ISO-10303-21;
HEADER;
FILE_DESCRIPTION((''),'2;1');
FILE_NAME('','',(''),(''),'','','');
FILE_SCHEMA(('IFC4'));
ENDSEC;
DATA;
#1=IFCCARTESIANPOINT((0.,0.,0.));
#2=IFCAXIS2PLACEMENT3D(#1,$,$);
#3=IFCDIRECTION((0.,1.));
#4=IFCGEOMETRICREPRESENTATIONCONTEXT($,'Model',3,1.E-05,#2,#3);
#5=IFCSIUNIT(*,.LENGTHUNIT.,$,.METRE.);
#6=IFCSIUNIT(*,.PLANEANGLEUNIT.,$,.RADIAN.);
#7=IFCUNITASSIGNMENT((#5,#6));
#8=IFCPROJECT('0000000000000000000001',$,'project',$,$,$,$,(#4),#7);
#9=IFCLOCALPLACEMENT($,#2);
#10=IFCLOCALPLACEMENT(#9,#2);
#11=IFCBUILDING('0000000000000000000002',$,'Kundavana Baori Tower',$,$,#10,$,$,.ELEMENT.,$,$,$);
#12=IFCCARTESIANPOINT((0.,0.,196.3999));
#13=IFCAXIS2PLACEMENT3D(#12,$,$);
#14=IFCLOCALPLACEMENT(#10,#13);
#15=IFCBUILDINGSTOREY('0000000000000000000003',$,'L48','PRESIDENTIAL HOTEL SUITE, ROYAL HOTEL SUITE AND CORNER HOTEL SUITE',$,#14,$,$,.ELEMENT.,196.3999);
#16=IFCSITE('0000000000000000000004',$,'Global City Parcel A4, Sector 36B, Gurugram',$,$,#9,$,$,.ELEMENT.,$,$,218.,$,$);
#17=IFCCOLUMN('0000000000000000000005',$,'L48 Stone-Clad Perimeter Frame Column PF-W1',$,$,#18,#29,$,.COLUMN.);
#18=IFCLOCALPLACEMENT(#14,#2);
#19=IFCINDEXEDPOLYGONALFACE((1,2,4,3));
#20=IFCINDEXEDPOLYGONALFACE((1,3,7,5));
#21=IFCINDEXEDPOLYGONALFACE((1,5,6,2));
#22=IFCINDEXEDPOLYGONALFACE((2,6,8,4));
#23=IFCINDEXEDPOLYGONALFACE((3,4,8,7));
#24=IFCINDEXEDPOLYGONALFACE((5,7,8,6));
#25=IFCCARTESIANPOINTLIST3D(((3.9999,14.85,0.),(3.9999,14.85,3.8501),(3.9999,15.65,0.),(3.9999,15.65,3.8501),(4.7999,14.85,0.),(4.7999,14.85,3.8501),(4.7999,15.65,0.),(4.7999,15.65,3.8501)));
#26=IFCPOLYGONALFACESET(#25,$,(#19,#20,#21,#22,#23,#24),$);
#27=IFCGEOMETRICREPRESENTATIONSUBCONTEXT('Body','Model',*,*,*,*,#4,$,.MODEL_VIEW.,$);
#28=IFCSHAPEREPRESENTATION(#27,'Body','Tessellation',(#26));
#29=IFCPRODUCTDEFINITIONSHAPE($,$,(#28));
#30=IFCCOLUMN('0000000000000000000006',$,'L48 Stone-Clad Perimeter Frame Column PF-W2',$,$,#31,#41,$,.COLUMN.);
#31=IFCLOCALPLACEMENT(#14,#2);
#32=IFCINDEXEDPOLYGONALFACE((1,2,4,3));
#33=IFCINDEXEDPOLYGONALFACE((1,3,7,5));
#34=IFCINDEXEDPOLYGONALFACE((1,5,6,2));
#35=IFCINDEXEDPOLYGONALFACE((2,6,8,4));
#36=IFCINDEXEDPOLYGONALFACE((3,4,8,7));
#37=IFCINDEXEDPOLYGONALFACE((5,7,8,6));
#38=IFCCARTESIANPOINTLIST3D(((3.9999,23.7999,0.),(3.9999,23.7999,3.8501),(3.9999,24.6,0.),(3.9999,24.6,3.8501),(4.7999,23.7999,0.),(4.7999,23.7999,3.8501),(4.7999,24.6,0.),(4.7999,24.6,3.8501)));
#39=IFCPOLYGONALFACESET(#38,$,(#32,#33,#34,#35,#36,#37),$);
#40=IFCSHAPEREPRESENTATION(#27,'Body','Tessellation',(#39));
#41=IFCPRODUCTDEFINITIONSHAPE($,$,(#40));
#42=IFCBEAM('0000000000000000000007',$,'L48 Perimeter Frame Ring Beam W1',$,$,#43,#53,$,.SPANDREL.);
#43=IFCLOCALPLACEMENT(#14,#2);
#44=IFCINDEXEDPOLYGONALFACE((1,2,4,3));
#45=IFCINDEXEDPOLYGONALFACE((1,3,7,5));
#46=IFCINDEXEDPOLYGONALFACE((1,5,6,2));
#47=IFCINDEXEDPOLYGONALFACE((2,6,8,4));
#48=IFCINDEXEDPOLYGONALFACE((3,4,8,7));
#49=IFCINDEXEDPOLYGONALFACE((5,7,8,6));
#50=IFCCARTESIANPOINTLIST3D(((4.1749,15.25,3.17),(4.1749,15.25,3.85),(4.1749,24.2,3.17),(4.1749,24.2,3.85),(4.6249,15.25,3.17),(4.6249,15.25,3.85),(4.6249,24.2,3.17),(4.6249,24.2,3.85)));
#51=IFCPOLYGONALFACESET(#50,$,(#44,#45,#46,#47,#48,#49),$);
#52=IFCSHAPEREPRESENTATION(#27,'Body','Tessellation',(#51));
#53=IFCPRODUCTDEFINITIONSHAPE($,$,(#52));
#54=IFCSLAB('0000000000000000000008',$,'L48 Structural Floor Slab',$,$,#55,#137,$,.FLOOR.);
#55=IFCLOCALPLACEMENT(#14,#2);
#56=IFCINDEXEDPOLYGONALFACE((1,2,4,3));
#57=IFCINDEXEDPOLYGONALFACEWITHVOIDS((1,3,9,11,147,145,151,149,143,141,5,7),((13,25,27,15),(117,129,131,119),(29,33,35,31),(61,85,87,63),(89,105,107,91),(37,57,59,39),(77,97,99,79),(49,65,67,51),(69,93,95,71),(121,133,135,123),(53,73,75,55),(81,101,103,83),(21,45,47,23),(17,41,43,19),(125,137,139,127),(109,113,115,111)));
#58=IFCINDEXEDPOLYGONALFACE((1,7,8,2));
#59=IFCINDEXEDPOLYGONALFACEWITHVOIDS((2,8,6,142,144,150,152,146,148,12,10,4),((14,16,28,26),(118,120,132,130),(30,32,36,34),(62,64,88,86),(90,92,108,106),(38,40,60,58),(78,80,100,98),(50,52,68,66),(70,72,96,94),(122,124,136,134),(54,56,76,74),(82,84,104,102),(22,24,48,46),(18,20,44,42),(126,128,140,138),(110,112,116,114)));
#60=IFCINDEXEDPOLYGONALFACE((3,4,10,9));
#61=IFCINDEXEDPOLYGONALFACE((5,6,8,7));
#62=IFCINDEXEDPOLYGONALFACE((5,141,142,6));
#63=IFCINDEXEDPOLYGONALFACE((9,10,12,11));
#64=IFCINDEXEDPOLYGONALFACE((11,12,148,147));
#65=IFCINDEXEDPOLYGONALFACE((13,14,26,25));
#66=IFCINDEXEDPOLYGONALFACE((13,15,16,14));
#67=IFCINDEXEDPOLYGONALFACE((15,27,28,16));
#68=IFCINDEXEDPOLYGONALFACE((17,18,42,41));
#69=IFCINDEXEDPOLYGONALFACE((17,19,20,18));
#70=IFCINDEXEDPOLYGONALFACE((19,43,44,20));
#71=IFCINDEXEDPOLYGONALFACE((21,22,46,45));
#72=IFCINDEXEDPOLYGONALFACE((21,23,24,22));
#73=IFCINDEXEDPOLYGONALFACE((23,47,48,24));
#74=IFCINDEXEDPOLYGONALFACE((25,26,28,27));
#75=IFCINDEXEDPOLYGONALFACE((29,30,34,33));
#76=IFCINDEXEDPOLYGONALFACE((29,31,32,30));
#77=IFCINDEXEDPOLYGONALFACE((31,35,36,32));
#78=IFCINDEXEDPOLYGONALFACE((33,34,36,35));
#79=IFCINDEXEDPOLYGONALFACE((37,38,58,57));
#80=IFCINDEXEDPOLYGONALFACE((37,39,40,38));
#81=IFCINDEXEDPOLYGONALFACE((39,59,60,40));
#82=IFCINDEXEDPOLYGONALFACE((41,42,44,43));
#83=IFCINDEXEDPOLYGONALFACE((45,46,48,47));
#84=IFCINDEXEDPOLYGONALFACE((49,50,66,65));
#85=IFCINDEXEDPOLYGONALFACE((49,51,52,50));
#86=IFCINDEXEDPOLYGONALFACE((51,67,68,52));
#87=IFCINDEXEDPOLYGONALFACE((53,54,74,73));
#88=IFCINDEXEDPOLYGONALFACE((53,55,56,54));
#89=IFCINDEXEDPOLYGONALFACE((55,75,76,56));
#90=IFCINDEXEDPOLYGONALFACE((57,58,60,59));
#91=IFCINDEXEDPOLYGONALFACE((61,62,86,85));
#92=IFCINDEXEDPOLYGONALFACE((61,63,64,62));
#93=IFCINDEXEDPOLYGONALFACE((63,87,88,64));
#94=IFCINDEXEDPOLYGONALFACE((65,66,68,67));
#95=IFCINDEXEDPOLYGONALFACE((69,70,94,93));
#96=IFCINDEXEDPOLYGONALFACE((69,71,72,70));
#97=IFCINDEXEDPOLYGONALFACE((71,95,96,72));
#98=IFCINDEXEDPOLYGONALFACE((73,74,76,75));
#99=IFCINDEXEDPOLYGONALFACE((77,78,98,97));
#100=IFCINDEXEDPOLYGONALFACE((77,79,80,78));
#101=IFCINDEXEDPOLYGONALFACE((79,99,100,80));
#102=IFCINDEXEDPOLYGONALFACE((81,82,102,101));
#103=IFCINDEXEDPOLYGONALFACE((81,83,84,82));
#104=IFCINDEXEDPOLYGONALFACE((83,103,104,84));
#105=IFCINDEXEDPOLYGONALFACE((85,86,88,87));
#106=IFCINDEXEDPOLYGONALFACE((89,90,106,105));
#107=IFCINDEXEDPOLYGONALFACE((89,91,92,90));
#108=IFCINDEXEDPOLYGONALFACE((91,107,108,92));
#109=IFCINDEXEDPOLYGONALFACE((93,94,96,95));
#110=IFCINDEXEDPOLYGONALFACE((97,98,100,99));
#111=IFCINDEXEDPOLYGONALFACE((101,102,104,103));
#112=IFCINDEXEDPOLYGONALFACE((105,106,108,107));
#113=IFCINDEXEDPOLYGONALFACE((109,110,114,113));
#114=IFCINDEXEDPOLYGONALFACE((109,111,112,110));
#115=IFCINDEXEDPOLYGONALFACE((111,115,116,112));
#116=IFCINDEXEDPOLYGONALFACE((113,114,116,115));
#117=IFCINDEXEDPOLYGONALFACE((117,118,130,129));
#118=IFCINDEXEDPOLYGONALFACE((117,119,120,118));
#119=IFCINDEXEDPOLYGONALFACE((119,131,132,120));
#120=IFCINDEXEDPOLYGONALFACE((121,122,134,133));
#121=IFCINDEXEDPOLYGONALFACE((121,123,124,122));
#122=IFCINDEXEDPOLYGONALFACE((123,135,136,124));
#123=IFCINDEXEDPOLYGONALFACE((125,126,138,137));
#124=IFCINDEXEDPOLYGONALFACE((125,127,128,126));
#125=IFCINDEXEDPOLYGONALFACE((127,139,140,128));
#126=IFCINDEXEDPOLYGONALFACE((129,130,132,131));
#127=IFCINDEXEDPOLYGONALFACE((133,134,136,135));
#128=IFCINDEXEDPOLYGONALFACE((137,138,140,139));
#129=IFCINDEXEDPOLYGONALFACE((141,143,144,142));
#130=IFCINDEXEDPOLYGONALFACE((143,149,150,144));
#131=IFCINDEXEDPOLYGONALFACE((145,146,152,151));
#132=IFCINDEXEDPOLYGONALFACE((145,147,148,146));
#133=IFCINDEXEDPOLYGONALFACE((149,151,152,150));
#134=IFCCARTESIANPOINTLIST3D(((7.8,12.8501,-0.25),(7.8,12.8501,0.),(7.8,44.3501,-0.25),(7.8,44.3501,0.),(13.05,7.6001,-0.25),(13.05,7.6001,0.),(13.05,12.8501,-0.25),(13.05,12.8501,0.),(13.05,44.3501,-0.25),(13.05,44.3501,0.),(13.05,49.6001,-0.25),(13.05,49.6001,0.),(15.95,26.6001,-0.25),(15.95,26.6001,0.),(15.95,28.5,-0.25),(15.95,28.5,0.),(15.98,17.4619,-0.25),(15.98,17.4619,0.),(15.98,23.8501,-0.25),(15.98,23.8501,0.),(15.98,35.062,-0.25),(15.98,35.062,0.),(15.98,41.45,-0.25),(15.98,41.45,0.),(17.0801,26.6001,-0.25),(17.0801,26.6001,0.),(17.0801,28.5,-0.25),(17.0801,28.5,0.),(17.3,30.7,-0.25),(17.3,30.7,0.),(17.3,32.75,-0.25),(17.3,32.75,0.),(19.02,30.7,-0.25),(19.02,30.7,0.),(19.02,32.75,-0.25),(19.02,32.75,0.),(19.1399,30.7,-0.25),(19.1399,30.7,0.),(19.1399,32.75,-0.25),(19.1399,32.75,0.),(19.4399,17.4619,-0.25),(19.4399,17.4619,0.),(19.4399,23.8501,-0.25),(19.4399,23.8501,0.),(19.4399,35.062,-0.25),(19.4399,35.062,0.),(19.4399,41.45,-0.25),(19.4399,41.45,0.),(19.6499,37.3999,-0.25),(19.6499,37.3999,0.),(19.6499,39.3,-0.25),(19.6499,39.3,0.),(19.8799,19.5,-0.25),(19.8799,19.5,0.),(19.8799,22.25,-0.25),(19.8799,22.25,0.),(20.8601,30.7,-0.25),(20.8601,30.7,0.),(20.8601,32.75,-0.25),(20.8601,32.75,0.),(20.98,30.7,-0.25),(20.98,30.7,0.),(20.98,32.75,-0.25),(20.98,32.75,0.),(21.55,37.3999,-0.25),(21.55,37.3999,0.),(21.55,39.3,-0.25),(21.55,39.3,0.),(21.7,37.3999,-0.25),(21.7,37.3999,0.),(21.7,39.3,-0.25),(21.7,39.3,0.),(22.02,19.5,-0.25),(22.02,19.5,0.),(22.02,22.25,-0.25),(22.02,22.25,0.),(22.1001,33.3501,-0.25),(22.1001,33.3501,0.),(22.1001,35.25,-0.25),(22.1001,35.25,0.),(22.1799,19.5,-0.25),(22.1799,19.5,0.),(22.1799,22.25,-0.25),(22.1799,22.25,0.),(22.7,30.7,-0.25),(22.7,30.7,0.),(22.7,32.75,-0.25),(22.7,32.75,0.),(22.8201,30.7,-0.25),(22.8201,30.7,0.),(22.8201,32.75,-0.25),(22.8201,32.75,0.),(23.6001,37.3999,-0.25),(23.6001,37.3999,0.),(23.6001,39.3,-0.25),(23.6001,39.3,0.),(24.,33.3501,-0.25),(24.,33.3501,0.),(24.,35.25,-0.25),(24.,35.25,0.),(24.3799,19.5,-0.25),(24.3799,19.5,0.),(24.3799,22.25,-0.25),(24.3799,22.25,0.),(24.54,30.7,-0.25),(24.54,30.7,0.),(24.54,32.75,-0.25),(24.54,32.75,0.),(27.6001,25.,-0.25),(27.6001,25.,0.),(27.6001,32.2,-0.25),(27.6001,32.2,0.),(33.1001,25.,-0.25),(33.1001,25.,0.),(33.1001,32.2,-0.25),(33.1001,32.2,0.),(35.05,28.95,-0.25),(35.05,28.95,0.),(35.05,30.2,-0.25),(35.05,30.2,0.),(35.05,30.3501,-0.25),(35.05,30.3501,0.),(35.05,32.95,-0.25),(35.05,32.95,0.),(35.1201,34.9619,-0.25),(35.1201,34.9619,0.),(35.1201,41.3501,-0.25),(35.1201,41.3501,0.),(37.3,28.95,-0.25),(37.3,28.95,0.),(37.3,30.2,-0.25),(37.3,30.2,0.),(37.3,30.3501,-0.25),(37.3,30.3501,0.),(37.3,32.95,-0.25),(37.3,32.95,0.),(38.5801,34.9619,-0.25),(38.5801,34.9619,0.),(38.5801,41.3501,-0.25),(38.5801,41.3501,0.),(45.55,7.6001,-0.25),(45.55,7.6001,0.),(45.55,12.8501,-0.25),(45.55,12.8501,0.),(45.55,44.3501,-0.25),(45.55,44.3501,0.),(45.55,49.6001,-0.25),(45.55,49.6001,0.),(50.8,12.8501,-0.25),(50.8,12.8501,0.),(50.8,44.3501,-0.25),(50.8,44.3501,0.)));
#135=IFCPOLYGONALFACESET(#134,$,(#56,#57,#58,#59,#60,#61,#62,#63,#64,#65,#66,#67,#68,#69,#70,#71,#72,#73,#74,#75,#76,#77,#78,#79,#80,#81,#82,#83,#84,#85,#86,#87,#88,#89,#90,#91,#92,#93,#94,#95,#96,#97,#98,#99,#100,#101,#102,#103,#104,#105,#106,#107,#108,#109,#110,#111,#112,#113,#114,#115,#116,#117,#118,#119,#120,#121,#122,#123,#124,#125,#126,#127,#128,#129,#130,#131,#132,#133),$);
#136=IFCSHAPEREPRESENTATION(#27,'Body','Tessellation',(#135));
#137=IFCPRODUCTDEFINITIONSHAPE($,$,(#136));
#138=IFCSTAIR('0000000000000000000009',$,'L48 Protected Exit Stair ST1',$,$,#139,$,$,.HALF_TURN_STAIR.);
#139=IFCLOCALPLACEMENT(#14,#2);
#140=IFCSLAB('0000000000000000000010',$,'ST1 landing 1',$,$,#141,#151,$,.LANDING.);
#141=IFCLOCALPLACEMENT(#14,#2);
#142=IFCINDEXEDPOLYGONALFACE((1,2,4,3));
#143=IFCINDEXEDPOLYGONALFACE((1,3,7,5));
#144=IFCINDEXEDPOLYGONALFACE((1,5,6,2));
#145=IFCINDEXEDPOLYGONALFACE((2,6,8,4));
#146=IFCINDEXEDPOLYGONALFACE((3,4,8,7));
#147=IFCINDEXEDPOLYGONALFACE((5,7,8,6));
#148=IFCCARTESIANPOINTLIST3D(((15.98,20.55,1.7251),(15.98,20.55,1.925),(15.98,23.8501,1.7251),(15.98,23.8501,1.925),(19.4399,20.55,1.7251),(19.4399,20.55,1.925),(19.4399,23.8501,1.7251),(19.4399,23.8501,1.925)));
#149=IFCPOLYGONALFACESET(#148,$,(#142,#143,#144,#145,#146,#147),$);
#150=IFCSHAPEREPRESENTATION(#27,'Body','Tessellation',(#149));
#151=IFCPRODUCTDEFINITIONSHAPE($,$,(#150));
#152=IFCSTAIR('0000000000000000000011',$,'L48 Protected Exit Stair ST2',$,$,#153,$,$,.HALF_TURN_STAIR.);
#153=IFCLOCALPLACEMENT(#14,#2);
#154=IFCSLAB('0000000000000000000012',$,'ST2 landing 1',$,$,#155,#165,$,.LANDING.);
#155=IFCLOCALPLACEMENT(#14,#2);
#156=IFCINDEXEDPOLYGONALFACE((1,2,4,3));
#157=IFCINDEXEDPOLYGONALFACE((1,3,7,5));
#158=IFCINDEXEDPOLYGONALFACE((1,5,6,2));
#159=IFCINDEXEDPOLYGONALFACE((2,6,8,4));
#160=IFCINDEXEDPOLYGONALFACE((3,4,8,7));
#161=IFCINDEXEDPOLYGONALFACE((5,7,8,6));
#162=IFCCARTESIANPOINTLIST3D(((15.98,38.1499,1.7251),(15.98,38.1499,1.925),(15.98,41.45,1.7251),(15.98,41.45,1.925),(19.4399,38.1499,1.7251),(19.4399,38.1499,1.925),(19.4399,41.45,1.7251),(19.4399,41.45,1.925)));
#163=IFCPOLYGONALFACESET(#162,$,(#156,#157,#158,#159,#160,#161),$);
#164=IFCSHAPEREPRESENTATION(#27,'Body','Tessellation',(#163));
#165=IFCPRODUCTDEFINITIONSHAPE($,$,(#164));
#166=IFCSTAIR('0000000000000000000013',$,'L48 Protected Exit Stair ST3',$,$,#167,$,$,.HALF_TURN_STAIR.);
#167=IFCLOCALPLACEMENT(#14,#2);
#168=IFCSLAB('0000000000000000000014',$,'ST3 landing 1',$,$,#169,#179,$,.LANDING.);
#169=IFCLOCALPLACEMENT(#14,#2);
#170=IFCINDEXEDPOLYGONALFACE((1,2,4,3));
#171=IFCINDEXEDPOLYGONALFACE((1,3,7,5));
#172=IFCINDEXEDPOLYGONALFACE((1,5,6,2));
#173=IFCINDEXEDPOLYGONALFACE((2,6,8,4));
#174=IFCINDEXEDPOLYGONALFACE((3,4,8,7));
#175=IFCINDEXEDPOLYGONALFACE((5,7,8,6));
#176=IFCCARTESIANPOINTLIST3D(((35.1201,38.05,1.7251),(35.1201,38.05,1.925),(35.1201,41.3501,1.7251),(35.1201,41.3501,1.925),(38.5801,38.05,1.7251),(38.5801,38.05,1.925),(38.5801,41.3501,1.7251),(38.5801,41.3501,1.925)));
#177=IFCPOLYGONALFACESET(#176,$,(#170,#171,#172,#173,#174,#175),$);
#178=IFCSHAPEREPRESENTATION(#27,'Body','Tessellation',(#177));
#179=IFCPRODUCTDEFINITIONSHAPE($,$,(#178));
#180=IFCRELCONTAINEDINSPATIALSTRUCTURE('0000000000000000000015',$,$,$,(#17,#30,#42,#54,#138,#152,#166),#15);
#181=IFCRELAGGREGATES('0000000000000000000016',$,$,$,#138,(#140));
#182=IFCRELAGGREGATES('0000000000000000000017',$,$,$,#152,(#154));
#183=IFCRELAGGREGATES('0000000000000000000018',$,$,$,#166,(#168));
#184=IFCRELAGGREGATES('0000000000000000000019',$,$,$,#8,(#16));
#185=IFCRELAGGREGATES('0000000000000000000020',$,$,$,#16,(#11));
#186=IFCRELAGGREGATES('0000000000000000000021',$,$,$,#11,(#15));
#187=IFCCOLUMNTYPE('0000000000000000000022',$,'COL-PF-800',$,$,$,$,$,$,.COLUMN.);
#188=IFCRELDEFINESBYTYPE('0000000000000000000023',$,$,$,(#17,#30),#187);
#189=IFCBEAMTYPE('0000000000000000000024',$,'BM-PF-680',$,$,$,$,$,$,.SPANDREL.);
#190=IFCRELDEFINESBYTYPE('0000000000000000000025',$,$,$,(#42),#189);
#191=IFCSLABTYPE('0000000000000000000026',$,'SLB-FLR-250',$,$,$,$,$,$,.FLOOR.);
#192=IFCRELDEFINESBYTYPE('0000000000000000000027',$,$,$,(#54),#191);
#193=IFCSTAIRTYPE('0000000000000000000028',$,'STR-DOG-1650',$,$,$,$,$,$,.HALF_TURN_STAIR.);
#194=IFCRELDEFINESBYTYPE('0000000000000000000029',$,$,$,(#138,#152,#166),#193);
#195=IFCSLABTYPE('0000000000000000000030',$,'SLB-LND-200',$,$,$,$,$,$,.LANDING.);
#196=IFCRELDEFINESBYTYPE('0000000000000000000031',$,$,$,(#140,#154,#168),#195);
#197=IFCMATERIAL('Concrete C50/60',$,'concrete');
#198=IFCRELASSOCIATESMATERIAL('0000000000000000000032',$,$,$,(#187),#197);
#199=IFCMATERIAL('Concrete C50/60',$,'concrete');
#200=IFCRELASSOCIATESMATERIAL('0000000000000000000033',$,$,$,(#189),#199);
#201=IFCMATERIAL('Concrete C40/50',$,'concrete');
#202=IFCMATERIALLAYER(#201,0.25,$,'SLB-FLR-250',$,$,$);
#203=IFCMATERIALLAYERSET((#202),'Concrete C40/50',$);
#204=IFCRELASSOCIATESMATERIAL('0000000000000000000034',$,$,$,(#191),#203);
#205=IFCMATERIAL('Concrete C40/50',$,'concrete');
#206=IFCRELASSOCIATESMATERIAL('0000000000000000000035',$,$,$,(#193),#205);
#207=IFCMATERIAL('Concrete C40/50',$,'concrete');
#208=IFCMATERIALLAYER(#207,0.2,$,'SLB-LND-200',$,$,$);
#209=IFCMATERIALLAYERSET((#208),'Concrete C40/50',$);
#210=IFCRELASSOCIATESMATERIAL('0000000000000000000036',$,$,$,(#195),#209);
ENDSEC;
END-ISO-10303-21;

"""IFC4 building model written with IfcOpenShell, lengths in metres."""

from ifc_helpers import new_model, si_unit, direction, frame, origin, origin_2d, place, context, subcontext, project, spatial, polyline, rectangle, outline, extrude, material, layer, layer_set, material_profile, profile_set, type_object, element, aggregate, save


model = new_model("IFC4")

# Units and contexts
model_context = context("Model", 3, precision=1e-05, world=origin(), true_north=direction((0.0, 1.0)))
body_context = subcontext(model_context, "Body", "Model", "MODEL_VIEW")
ifc_project = project(units=[si_unit("LENGTHUNIT", "METRE"), si_unit("PLANEANGLEUNIT", "RADIAN")], contexts=[model_context])

# Site, building, storey
site_placement = place(None, origin())
site = spatial("IfcSite", under=ifc_project, at=site_placement, Name="Global City Parcel A4, Sector 36B, Gurugram", CompositionType="ELEMENT", RefElevation=218.0)
building_placement = place(site_placement, origin())
building = spatial("IfcBuilding", under=site, at=building_placement, Name="Kundavana Baori Tower", CompositionType="ELEMENT")
storey_placement = place(building_placement, frame((0.0, 0.0, 196.3999)))
storey = spatial("IfcBuildingStorey", under=building, at=storey_placement, Name="L48", Description="PRESIDENTIAL HOTEL SUITE, ROYAL HOTEL SUITE AND CORNER HOTEL SUITE", CompositionType="ELEMENT", Elevation=196.3999)

# Columns
ifc_material_1 = material(Name="Concrete C50/60", Category="concrete")
ifc_material_profile_1 = material_profile(ifc_material_1, rectangle(XDim=0.8, YDim=0.8, at=origin_2d()), Name="RC PF 800x800")
ifc_profile_set_1 = profile_set([ifc_material_profile_1], Name="Concrete C50/60")
column_type = type_object("IfcColumnType", Name="COL-PF-800", PredefinedType="COLUMN", material=ifc_profile_set_1)
for number, where, z_axis, x_axis, name in (
    (1, (4.3999, 15.25, 0.0), (0.0, 0.0, 1.0), (1.0, 0.0, 0.0), "L48 Stone-Clad Perimeter Frame Column PF-W1"),
    (2, (4.3999, 24.2, 0.0), (0.0, 0.0, 1.0), (1.0, 0.0, 0.0), "L48 Stone-Clad Perimeter Frame Column PF-W2"),
):
    element("IfcColumn", number, at=place(storey_placement, frame(where, z_axis=z_axis, x_axis=x_axis)), inside=storey, type_object=column_type, Name=name, PredefinedType="COLUMN", context=body_context, shape_type="SweptSolid", body=[
        extrude(rectangle(XDim=0.8, YDim=0.8, at=origin_2d()), origin(), (0.0, 0.0, 1.0), 3.8501),
    ])

# Beam
ifc_material_2 = material(Name="Concrete C50/60", Category="concrete")
ifc_material_profile_2 = material_profile(ifc_material_2, rectangle(XDim=0.45, YDim=0.6799, at=origin_2d()), Name="RC BM 450x680")
ifc_profile_set_2 = profile_set([ifc_material_profile_2], Name="Concrete C50/60")
beam_type = type_object("IfcBeamType", Name="BM-PF-680", PredefinedType="SPANDREL", material=ifc_profile_set_2)
beam_placement = place(storey_placement, frame((4.3999, 15.25, 3.51), z_axis=(0.0, 1.0, 0.0), x_axis=(-1.0, 0.0, 0.0)))
element("IfcBeam", 3, at=beam_placement, inside=storey, type_object=beam_type, Name="L48 Perimeter Frame Ring Beam W1", PredefinedType="SPANDREL", context=body_context, shape_type="SweptSolid", body=[
    extrude(rectangle(XDim=0.45, YDim=0.6799, at=origin_2d()), origin(), (0.0, 0.0, 1.0), 8.95),
])

# Slab
ifc_material_3 = material(Name="Concrete C40/50", Category="concrete")
ifc_layer_1 = layer(ifc_material_3, 0.25, Name="SLB-FLR-250")
ifc_layer_set_1 = layer_set([ifc_layer_1], Name="Concrete C40/50")
slab_type_1 = type_object("IfcSlabType", Name="SLB-FLR-250", PredefinedType="FLOOR", material=ifc_layer_set_1)
slab_1_placement = place(storey_placement, frame((0.0, 0.0, -0.25)))
element("IfcSlab", 4, at=slab_1_placement, inside=storey, type_object=slab_type_1, Name="L48 Structural Floor Slab", PredefinedType="FLOOR", context=body_context, shape_type="SweptSolid", body=[
    extrude(outline(polyline([(13.05, 7.6001), (45.55, 7.6001), (45.55, 12.8501), (50.8, 12.8501), (50.8, 44.3501), (45.55, 44.3501), (45.55, 49.6001), (13.05, 49.6001), (13.05, 44.3501), (7.8, 44.3501), (7.8, 12.8501), (13.05, 12.8501), (13.05, 7.6001)]), holes=[polyline([(19.4399, 17.4619), (19.4399, 23.8501), (15.98, 23.8501), (15.98, 17.4619), (19.4399, 17.4619)]), polyline([(19.4399, 35.062), (19.4399, 41.45), (15.98, 41.45), (15.98, 35.062), (19.4399, 35.062)]), polyline([(38.5801, 34.9619), (38.5801, 41.3501), (35.1201, 41.3501), (35.1201, 34.9619), (38.5801, 34.9619)]), polyline([(17.3, 30.7), (19.02, 30.7), (19.02, 32.75), (17.3, 32.75), (17.3, 30.7)]), polyline([(19.1399, 30.7), (20.8601, 30.7), (20.8601, 32.75), (19.1399, 32.75), (19.1399, 30.7)]), polyline([(20.98, 30.7), (22.7, 30.7), (22.7, 32.75), (20.98, 32.75), (20.98, 30.7)]), polyline([(22.8201, 30.7), (24.54, 30.7), (24.54, 32.75), (22.8201, 32.75), (22.8201, 30.7)]), polyline([(19.6499, 37.3999), (21.55, 37.3999), (21.55, 39.3), (19.6499, 39.3), (19.6499, 37.3999)]), polyline([(21.7, 37.3999), (23.6001, 37.3999), (23.6001, 39.3), (21.7, 39.3), (21.7, 37.3999)]), polyline([(22.1001, 33.3501), (24.0, 33.3501), (24.0, 35.25), (22.1001, 35.25), (22.1001, 33.3501)]), polyline([(19.8799, 19.5), (22.02, 19.5), (22.02, 22.25), (19.8799, 22.25), (19.8799, 19.5)]), polyline([(22.1799, 19.5), (24.3799, 19.5), (24.3799, 22.25), (22.1799, 22.25), (22.1799, 19.5)]), polyline([(35.05, 30.3501), (37.3, 30.3501), (37.3, 32.95), (35.05, 32.95), (35.05, 30.3501)]), polyline([(15.95, 26.6001), (17.0801, 26.6001), (17.0801, 28.5), (15.95, 28.5), (15.95, 26.6001)]), polyline([(35.05, 28.95), (37.3, 28.95), (37.3, 30.2), (35.05, 30.2), (35.05, 28.95)]), polyline([(27.6001, 25.0), (33.1001, 25.0), (33.1001, 32.2), (27.6001, 32.2), (27.6001, 25.0)])]), origin(), (0.0, 0.0, 1.0), 0.25),
])

# Stairs, slabs
ifc_material_4 = material(Name="Concrete C40/50", Category="concrete")
stair_type = type_object("IfcStairType", Name="STR-DOG-1650", PredefinedType="HALF_TURN_STAIR", material=ifc_material_4)
stair_1_placement = place(storey_placement, origin())
stair_1 = element("IfcStair", 5, at=stair_1_placement, inside=storey, type_object=stair_type, Name="L48 Protected Exit Stair ST1", PredefinedType="HALF_TURN_STAIR")
ifc_material_5 = material(Name="Concrete C40/50", Category="concrete")
ifc_layer_2 = layer(ifc_material_5, 0.2, Name="SLB-LND-200")
ifc_layer_set_2 = layer_set([ifc_layer_2], Name="Concrete C40/50")
slab_type_2 = type_object("IfcSlabType", Name="SLB-LND-200", PredefinedType="LANDING", material=ifc_layer_set_2)
slab_2_placement = place(storey_placement, frame((0.0, 0.0, 1.7251)))
slab_2 = element("IfcSlab", 6, at=slab_2_placement, type_object=slab_type_2, Name="ST1 landing 1", PredefinedType="LANDING", context=body_context, shape_type="SweptSolid", body=[
    extrude(outline(polyline([(19.4399, 20.55), (19.4399, 23.8501), (15.98, 23.8501), (15.98, 20.55), (19.4399, 20.55)])), origin(), (0.0, 0.0, 1.0), 0.2),
])
aggregate(stair_1, [slab_2])
stair_2_placement = place(storey_placement, origin())
stair_2 = element("IfcStair", 7, at=stair_2_placement, inside=storey, type_object=stair_type, Name="L48 Protected Exit Stair ST2", PredefinedType="HALF_TURN_STAIR")
slab_3_placement = place(storey_placement, frame((0.0, 0.0, 1.7251)))
slab_3 = element("IfcSlab", 8, at=slab_3_placement, type_object=slab_type_2, Name="ST2 landing 1", PredefinedType="LANDING", context=body_context, shape_type="SweptSolid", body=[
    extrude(outline(polyline([(19.4399, 38.1499), (19.4399, 41.45), (15.98, 41.45), (15.98, 38.1499), (19.4399, 38.1499)])), origin(), (0.0, 0.0, 1.0), 0.2),
])
aggregate(stair_2, [slab_3])
stair_3_placement = place(storey_placement, origin())
stair_3 = element("IfcStair", 9, at=stair_3_placement, inside=storey, type_object=stair_type, Name="L48 Protected Exit Stair ST3", PredefinedType="HALF_TURN_STAIR")
slab_4_placement = place(storey_placement, frame((0.0, 0.0, 1.7251)))
slab_4 = element("IfcSlab", 10, at=slab_4_placement, type_object=slab_type_2, Name="ST3 landing 1", PredefinedType="LANDING", context=body_context, shape_type="SweptSolid", body=[
    extrude(outline(polyline([(38.5801, 38.05), (38.5801, 41.3501), (35.1201, 41.3501), (35.1201, 38.05), (38.5801, 38.05)])), origin(), (0.0, 0.0, 1.0), 0.2),
])
aggregate(stair_3, [slab_4])

save(model, "model.ifc")
